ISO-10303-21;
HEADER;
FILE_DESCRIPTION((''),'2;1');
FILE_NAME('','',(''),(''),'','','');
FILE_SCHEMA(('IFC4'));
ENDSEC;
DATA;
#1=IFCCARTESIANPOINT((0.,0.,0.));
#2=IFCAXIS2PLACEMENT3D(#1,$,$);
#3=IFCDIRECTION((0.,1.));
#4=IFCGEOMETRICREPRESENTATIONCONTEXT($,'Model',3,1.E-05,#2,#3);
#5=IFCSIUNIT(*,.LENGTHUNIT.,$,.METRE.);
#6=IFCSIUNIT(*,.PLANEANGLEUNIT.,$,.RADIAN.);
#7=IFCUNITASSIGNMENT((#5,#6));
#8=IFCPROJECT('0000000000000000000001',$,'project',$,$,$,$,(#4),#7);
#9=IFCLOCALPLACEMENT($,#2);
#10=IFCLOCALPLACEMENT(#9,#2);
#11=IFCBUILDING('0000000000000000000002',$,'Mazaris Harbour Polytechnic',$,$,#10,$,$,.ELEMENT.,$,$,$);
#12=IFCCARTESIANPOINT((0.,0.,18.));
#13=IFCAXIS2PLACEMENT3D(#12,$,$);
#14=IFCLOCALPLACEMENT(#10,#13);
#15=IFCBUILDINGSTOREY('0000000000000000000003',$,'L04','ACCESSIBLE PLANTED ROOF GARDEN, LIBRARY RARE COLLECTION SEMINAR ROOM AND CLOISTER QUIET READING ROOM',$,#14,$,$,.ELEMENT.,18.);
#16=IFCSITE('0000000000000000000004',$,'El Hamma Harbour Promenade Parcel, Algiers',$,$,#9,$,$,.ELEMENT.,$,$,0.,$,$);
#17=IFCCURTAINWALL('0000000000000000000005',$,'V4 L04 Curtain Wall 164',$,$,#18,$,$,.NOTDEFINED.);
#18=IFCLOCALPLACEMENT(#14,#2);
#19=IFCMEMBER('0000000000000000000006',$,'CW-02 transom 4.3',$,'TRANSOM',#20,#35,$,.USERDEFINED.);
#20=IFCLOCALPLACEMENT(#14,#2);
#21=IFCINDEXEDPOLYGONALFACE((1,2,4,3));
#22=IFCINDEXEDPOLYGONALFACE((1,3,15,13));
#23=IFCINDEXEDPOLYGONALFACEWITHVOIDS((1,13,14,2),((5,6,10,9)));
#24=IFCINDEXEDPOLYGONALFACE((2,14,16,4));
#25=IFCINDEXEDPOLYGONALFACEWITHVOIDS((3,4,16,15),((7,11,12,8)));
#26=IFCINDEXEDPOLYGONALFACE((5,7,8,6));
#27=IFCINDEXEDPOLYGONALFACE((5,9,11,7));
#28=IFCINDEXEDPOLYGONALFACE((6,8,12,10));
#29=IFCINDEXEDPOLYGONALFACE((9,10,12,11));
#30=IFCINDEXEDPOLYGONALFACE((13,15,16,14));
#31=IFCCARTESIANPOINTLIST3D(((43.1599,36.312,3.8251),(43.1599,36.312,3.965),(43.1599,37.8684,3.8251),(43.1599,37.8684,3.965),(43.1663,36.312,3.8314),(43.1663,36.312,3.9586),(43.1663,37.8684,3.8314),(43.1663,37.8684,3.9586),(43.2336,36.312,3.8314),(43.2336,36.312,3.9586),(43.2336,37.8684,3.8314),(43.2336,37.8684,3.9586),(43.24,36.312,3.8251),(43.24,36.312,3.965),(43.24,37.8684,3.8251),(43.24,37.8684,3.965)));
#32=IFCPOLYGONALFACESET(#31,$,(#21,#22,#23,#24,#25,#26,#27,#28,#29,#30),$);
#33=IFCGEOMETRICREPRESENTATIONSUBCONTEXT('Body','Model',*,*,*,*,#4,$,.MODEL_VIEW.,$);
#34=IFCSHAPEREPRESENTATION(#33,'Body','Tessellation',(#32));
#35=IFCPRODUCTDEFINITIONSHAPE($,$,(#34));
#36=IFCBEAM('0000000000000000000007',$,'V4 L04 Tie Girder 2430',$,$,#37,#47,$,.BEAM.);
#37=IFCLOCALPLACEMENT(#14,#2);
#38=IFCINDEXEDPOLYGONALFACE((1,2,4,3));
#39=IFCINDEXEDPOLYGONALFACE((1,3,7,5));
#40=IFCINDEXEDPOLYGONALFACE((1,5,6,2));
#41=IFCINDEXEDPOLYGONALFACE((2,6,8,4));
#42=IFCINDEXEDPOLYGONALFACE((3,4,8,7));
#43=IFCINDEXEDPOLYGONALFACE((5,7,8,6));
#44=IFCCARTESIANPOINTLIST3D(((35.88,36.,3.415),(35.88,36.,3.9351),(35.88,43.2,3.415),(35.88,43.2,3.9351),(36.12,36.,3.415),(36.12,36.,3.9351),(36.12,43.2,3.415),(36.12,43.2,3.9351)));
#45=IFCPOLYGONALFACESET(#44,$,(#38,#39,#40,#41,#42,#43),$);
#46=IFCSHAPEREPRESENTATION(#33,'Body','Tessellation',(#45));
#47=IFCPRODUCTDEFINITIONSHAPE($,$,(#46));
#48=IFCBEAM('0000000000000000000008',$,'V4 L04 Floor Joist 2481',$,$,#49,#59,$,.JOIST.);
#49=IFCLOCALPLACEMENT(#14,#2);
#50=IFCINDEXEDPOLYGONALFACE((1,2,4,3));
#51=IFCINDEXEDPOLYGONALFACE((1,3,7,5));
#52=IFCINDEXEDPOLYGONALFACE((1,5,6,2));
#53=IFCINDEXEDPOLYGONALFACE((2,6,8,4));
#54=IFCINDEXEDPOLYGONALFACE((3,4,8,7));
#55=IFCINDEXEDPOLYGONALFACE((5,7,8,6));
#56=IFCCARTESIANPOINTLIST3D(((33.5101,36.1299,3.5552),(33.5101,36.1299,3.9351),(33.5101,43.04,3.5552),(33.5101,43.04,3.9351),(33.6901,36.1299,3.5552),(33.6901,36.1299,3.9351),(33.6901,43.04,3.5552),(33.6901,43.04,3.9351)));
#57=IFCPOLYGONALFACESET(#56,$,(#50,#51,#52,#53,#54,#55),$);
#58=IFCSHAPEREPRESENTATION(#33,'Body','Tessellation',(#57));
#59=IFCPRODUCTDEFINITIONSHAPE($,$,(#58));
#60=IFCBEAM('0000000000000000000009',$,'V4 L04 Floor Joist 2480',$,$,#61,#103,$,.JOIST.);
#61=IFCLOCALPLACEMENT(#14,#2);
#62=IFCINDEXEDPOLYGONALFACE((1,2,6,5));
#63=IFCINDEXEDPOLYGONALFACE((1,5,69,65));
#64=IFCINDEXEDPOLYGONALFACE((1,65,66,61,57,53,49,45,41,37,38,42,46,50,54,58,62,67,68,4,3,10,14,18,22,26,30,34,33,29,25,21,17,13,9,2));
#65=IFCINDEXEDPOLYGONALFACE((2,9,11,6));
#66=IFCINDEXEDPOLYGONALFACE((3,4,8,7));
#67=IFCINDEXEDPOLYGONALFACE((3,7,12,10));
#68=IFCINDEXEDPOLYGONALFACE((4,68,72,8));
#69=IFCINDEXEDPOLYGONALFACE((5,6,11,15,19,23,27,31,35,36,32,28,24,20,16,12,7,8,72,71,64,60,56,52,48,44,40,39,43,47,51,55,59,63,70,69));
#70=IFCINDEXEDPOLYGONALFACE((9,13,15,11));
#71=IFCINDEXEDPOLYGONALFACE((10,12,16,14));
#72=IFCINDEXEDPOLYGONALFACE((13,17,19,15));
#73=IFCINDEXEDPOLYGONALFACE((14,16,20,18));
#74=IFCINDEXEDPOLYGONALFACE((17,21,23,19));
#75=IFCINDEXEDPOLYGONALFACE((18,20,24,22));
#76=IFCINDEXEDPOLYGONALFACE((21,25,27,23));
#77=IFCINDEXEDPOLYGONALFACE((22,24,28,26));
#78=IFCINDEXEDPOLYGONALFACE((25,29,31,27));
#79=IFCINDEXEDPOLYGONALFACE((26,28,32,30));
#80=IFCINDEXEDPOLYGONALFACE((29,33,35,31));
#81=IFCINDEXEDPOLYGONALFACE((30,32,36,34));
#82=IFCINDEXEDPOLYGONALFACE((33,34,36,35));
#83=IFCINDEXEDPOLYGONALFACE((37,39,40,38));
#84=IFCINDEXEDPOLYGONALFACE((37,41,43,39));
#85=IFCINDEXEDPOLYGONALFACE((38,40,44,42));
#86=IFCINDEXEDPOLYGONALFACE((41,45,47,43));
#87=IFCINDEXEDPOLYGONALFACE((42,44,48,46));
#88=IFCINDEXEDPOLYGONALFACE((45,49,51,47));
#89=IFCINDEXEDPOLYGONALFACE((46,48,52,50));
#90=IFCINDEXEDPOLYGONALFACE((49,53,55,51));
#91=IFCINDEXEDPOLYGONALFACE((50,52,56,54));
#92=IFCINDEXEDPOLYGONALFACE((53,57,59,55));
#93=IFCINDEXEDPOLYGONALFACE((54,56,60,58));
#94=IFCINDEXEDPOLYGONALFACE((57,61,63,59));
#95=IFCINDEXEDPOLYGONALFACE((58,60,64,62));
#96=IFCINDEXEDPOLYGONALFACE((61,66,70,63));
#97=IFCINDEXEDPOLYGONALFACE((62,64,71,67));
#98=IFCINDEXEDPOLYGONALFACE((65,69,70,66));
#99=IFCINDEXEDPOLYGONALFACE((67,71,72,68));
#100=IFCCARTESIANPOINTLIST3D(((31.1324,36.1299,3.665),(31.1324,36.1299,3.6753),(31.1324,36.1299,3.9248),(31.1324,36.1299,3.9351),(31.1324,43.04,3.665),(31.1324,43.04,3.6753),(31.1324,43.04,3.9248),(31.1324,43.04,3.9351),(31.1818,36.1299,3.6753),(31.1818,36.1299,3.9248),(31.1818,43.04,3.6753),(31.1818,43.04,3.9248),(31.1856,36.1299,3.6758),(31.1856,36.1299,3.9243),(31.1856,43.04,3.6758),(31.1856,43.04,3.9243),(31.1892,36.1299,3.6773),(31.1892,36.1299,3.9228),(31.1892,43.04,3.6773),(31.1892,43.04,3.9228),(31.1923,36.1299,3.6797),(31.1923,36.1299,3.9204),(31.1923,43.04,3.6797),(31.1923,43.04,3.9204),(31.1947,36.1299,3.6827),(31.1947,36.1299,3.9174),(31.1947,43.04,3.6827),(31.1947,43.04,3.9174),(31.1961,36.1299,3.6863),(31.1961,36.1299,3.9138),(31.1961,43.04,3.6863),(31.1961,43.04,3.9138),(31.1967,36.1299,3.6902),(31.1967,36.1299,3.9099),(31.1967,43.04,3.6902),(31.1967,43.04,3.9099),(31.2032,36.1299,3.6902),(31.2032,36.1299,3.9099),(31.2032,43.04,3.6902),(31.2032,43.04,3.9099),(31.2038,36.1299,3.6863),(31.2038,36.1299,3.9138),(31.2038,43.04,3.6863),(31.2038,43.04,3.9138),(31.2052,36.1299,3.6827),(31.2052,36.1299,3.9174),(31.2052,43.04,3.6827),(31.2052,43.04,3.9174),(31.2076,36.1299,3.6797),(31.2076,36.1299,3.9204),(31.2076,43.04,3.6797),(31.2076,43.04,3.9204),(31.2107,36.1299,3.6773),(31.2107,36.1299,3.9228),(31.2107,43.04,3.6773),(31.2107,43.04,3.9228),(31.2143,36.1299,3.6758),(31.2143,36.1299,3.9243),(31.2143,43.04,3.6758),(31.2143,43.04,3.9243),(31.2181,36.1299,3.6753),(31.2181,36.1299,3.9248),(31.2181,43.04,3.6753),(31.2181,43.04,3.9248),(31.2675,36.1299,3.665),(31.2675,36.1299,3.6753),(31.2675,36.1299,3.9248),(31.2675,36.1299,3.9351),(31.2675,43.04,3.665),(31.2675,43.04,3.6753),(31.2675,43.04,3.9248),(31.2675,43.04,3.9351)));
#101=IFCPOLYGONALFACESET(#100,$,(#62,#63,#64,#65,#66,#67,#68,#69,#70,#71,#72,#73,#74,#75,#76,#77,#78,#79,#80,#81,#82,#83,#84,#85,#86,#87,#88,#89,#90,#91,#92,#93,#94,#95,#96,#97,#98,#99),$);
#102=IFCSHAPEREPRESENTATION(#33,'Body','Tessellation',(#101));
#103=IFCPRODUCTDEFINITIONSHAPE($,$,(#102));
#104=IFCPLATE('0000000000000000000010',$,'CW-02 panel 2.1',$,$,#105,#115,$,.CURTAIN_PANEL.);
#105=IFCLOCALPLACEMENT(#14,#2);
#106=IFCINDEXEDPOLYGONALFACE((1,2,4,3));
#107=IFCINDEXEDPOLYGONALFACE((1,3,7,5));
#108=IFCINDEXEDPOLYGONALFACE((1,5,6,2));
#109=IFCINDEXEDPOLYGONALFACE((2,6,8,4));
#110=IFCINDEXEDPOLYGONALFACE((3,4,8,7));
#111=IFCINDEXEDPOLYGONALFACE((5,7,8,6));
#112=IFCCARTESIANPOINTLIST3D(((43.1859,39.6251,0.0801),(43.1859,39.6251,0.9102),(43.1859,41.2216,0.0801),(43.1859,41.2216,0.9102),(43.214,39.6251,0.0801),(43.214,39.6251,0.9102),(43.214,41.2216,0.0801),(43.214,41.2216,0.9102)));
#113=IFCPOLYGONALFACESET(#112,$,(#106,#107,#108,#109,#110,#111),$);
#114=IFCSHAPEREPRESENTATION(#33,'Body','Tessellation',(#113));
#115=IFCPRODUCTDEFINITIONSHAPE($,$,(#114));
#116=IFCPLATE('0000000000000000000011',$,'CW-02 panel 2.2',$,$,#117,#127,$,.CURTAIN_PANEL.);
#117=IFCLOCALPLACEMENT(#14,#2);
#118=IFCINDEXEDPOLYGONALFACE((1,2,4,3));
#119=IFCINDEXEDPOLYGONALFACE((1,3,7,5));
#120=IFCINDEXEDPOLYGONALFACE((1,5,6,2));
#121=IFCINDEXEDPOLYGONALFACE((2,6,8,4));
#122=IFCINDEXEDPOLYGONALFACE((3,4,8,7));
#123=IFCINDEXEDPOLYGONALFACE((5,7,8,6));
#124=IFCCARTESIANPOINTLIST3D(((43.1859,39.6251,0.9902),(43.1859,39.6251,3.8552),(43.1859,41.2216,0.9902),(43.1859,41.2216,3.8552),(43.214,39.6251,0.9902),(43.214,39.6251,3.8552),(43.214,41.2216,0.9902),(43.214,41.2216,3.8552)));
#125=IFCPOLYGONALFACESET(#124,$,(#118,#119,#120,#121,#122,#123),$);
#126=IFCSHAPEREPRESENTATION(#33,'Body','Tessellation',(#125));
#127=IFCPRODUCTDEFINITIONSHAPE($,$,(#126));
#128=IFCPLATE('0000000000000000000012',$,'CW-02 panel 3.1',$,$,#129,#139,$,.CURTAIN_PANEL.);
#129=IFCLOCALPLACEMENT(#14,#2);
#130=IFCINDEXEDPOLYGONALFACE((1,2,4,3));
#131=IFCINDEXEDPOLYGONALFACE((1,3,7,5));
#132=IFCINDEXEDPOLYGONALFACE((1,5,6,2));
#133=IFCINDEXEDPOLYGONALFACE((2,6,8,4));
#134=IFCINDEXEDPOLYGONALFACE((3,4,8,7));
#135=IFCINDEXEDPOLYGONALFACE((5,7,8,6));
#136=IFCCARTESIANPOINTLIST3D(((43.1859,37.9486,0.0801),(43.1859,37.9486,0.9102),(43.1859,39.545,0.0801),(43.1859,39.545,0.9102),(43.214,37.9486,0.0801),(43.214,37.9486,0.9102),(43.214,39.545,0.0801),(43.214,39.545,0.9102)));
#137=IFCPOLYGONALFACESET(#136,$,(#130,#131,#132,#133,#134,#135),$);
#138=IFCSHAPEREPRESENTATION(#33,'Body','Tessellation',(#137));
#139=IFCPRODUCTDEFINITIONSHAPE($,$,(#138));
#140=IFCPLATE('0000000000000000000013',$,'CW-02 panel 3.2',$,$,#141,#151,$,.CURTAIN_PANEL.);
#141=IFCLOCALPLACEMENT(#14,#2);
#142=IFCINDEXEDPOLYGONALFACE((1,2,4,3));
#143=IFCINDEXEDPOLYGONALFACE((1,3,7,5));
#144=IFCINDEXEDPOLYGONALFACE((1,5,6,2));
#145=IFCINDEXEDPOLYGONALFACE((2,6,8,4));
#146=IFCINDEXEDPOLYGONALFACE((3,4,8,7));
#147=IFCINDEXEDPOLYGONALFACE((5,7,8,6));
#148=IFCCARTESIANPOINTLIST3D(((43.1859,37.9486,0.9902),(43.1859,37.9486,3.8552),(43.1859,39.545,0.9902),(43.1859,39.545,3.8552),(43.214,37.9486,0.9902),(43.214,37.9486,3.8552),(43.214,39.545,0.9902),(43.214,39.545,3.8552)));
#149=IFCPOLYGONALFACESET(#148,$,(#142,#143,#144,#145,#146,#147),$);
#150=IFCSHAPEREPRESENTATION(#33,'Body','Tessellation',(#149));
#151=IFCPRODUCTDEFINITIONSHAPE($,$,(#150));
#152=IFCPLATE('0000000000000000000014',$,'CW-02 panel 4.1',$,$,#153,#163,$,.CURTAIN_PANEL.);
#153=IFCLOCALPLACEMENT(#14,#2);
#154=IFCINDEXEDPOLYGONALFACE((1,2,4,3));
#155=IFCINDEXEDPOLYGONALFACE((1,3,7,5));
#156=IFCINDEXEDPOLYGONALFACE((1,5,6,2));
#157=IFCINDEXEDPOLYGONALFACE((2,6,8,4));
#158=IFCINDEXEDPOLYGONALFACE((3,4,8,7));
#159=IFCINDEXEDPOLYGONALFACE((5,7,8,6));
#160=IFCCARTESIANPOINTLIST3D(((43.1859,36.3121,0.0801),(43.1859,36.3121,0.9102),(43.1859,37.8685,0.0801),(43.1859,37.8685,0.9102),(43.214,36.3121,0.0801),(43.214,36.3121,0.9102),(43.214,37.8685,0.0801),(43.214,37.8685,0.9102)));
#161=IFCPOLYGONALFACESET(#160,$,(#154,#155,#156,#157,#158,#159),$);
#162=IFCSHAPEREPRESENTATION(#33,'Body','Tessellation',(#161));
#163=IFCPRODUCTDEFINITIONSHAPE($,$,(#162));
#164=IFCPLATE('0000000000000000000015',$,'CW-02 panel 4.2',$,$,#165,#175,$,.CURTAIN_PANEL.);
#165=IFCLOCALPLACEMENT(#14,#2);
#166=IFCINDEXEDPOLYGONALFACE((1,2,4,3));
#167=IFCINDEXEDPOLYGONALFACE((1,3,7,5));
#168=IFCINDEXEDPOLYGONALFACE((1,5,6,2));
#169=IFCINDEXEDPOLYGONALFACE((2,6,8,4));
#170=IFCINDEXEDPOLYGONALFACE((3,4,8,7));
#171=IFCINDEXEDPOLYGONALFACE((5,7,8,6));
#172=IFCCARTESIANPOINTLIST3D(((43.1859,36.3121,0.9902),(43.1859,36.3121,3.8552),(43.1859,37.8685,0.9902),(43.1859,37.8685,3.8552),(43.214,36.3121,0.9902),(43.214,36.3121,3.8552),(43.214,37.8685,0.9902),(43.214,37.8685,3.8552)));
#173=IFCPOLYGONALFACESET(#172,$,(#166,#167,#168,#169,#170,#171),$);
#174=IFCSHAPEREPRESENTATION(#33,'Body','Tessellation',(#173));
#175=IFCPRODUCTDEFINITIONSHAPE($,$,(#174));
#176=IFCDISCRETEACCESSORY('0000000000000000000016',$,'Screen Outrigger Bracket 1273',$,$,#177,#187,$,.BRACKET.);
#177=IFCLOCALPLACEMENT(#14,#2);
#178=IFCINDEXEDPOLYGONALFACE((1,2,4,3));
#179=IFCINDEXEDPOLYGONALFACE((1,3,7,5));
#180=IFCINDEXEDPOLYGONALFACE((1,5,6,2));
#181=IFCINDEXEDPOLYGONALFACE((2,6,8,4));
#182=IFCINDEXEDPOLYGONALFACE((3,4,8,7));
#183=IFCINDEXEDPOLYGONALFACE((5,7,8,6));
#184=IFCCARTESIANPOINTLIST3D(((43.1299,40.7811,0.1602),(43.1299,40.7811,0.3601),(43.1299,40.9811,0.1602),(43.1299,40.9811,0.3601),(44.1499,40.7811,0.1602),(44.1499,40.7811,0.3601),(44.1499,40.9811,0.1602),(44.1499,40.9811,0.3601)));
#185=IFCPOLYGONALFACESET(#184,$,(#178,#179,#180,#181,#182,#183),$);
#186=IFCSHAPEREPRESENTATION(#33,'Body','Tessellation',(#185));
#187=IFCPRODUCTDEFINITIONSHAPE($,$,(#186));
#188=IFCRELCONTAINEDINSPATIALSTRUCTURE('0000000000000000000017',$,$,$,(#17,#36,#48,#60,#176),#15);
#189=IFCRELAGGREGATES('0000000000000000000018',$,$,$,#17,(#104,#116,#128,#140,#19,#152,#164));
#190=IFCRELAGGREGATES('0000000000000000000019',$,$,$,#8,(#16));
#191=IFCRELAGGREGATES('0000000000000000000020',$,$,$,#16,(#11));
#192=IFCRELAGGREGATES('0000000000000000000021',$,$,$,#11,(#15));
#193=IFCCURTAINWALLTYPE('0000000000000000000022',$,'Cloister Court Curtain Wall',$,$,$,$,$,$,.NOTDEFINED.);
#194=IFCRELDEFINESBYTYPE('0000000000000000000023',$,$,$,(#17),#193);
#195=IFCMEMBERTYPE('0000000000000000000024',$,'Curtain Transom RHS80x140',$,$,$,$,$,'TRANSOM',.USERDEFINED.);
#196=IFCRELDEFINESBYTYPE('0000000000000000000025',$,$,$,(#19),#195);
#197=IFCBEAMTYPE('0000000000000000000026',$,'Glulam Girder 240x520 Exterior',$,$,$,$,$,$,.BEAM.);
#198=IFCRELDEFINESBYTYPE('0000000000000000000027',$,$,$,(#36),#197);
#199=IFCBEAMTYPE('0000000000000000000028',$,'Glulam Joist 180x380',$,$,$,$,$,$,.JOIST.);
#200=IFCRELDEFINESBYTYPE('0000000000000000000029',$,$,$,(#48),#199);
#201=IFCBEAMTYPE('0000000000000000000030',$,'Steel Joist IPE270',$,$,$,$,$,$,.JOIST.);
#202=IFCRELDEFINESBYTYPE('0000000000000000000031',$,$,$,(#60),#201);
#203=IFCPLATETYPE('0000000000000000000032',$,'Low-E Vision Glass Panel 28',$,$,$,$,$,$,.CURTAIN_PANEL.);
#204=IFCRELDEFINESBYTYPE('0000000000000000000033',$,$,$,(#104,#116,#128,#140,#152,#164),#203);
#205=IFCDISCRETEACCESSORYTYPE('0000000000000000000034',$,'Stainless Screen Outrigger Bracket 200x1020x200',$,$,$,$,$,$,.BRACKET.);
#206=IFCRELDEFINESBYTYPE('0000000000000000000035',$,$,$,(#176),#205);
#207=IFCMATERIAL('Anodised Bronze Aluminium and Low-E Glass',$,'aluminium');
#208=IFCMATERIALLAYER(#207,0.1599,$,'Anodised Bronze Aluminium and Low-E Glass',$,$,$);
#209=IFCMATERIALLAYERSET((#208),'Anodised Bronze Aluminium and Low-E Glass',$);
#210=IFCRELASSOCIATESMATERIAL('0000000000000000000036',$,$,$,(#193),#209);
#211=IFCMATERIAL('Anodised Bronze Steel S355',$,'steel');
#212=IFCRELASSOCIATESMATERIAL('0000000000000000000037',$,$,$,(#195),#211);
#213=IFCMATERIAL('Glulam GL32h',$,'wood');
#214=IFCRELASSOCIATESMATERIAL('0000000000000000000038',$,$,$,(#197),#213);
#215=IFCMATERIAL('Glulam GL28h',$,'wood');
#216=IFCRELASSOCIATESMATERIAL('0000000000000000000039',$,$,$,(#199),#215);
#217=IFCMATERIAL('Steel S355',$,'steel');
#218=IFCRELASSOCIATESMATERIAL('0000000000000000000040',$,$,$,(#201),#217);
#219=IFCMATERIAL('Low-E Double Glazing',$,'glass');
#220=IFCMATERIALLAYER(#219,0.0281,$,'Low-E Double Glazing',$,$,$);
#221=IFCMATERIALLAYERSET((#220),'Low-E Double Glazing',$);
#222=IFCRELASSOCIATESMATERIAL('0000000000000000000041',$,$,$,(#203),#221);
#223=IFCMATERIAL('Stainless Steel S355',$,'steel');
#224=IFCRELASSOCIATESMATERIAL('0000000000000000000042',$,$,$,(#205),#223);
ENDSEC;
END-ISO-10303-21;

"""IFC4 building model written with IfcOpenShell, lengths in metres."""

from ifc_helpers import new_model, si_unit, direction, frame, origin, origin_2d, place, context, subcontext, project, spatial, rectangle, hollow_rectangle, i_section, extrude, material, layer, layer_set, material_profile, profile_set, type_object, element, aggregate, save


model = new_model("IFC4")

# Units and contexts
model_context = context("Model", 3, precision=1e-05, world=origin(), true_north=direction((0.0, 1.0)))
body_context = subcontext(model_context, "Body", "Model", "MODEL_VIEW")
ifc_project = project(units=[si_unit("LENGTHUNIT", "METRE"), si_unit("PLANEANGLEUNIT", "RADIAN")], contexts=[model_context])

# Site, building, storey
site_placement = place(None, origin())
site = spatial("IfcSite", under=ifc_project, at=site_placement, Name="El Hamma Harbour Promenade Parcel, Algiers", CompositionType="ELEMENT", RefElevation=0.0)
building_placement = place(site_placement, origin())
building = spatial("IfcBuilding", under=site, at=building_placement, Name="Mazaris Harbour Polytechnic", CompositionType="ELEMENT")
storey_placement = place(building_placement, frame((0.0, 0.0, 18.0)))
storey = spatial("IfcBuildingStorey", under=building, at=storey_placement, Name="L04", Description="ACCESSIBLE PLANTED ROOF GARDEN, LIBRARY RARE COLLECTION SEMINAR ROOM AND CLOISTER QUIET READING ROOM", CompositionType="ELEMENT", Elevation=18.0)

# Curtain wall, member
ifc_material_1 = material(Name="Anodised Bronze Aluminium and Low-E Glass", Category="aluminium")
ifc_layer_1 = layer(ifc_material_1, 0.1599, Name="Anodised Bronze Aluminium and Low-E Glass")
ifc_layer_set_1 = layer_set([ifc_layer_1], Name="Anodised Bronze Aluminium and Low-E Glass")
curtain_wall_type = type_object("IfcCurtainWallType", Name="Cloister Court Curtain Wall", PredefinedType="NOTDEFINED", material=ifc_layer_set_1)
curtain_wall_placement = place(storey_placement, origin())
curtain_wall = element("IfcCurtainWall", 1, at=curtain_wall_placement, inside=storey, type_object=curtain_wall_type, Name="V4 L04 Curtain Wall 164", PredefinedType="NOTDEFINED")
ifc_material_2 = material(Name="Anodised Bronze Steel S355", Category="steel")
ifc_material_profile_1 = material_profile(ifc_material_2, hollow_rectangle(XDim=0.0801, YDim=0.1399, WallThickness=0.0063, at=origin_2d()), Name="RHS 80x140x6.3")
ifc_profile_set_1 = profile_set([ifc_material_profile_1], Name="Anodised Bronze Steel S355")
member_type_1 = type_object("IfcMemberType", Name="Curtain Transom RHS80x140", ElementType="TRANSOM", PredefinedType="USERDEFINED", material=ifc_profile_set_1)
member_1_placement = place(storey_placement, frame((43.2, 37.8684, 3.895), z_axis=(0.0, -1.0, 0.0), x_axis=(1.0, 0.0, 0.0)))
member_1 = element("IfcMember", 2, at=member_1_placement, type_object=member_type_1, Name="CW-02 transom 4.3", ObjectType="TRANSOM", PredefinedType="USERDEFINED", context=body_context, shape_type="SweptSolid", body=[
    extrude(hollow_rectangle(XDim=0.0801, YDim=0.1399, WallThickness=0.0063, at=origin_2d()), origin(), (0.0, 0.0, 1.0), 1.5564),
])

# Beams
ifc_material_3 = material(Name="Glulam GL32h", Category="wood")
ifc_material_profile_2 = material_profile(ifc_material_3, rectangle(XDim=0.24, YDim=0.52, at=origin_2d()), Name="RECT240x520")
ifc_profile_set_2 = profile_set([ifc_material_profile_2], Name="Glulam GL32h")
beam_type_1 = type_object("IfcBeamType", Name="Glulam Girder 240x520 Exterior", PredefinedType="BEAM", material=ifc_profile_set_2)
beam_1_placement = place(storey_placement, frame((36.0, 36.0, 3.675), z_axis=(0.0, 1.0, 0.0), x_axis=(-1.0, 0.0, 0.0)))
element("IfcBeam", 3, at=beam_1_placement, inside=storey, type_object=beam_type_1, Name="V4 L04 Tie Girder 2430", PredefinedType="BEAM", context=body_context, shape_type="SweptSolid", body=[
    extrude(rectangle(XDim=0.24, YDim=0.52, at=origin_2d()), origin(), (0.0, 0.0, 1.0), 7.2),
])
ifc_material_4 = material(Name="Glulam GL28h", Category="wood")
ifc_material_profile_3 = material_profile(ifc_material_4, rectangle(XDim=0.1799, YDim=0.3799, at=origin_2d()), Name="RECT180x380")
ifc_profile_set_3 = profile_set([ifc_material_profile_3], Name="Glulam GL28h")
beam_type_2 = type_object("IfcBeamType", Name="Glulam Joist 180x380", PredefinedType="JOIST", material=ifc_profile_set_3)
beam_2_placement = place(storey_placement, frame((33.6001, 36.1299, 3.7451), z_axis=(0.0, 1.0, 0.0), x_axis=(-1.0, 0.0, 0.0)))
element("IfcBeam", 4, at=beam_2_placement, inside=storey, type_object=beam_type_2, Name="V4 L04 Floor Joist 2481", PredefinedType="JOIST", context=body_context, shape_type="SweptSolid", body=[
    extrude(rectangle(XDim=0.1799, YDim=0.3799, at=origin_2d()), origin(), (0.0, 0.0, 1.0), 6.9102),
])
ifc_material_5 = material(Name="Steel S355", Category="steel")
ifc_material_profile_4 = material_profile(ifc_material_5, i_section(OverallWidth=0.135, OverallDepth=0.27, WebThickness=0.0066, FlangeThickness=0.0103, FilletRadius=0.0149, at=origin_2d()), Name="IPE 270")
ifc_profile_set_4 = profile_set([ifc_material_profile_4], Name="Steel S355")
beam_type_3 = type_object("IfcBeamType", Name="Steel Joist IPE270", PredefinedType="JOIST", material=ifc_profile_set_4)
beam_3_placement = place(storey_placement, frame((31.2, 36.1299, 3.8), z_axis=(0.0, 1.0, 0.0), x_axis=(-1.0, 0.0, 0.0)))
element("IfcBeam", 5, at=beam_3_placement, inside=storey, type_object=beam_type_3, Name="V4 L04 Floor Joist 2480", PredefinedType="JOIST", context=body_context, shape_type="SweptSolid", body=[
    extrude(i_section(OverallWidth=0.135, OverallDepth=0.27, WebThickness=0.0066, FlangeThickness=0.0103, FilletRadius=0.0149, at=origin_2d()), origin(), (0.0, 0.0, 1.0), 6.9102),
])

# Plates
ifc_material_6 = material(Name="Low-E Double Glazing", Category="glass")
ifc_layer_2 = layer(ifc_material_6, 0.0281, Name="Low-E Double Glazing")
ifc_layer_set_2 = layer_set([ifc_layer_2], Name="Low-E Double Glazing")
plate_type = type_object("IfcPlateType", Name="Low-E Vision Glass Panel 28", PredefinedType="CURTAIN_PANEL", material=ifc_layer_set_2)
plate_1_placement = place(storey_placement, frame((43.2, 40.4233, 0.0801), z_axis=(0.0, 0.0, 1.0), x_axis=(0.0, -1.0, 0.0)))
plate_1 = element("IfcPlate", 6, at=plate_1_placement, type_object=plate_type, Name="CW-02 panel 2.1", PredefinedType="CURTAIN_PANEL", context=body_context, shape_type="SweptSolid", body=[
    extrude(rectangle(XDim=1.5964, YDim=0.0281, at=origin_2d()), origin(), (0.0, 0.0, 1.0), 0.8301),
])
plate_2_placement = place(storey_placement, frame((43.2, 40.4233, 0.9902), z_axis=(0.0, 0.0, 1.0), x_axis=(0.0, -1.0, 0.0)))
plate_2 = element("IfcPlate", 7, at=plate_2_placement, type_object=plate_type, Name="CW-02 panel 2.2", PredefinedType="CURTAIN_PANEL", context=body_context, shape_type="SweptSolid", body=[
    extrude(rectangle(XDim=1.5964, YDim=0.0281, at=origin_2d()), origin(), (0.0, 0.0, 1.0), 2.865),
])
plate_3_placement = place(storey_placement, frame((43.2, 38.7468, 0.0801), z_axis=(0.0, 0.0, 1.0), x_axis=(0.0, -1.0, 0.0)))
plate_3 = element("IfcPlate", 8, at=plate_3_placement, type_object=plate_type, Name="CW-02 panel 3.1", PredefinedType="CURTAIN_PANEL", context=body_context, shape_type="SweptSolid", body=[
    extrude(rectangle(XDim=1.5964, YDim=0.0281, at=origin_2d()), origin(), (0.0, 0.0, 1.0), 0.8301),
])
plate_4_placement = place(storey_placement, frame((43.2, 38.7468, 0.9902), z_axis=(0.0, 0.0, 1.0), x_axis=(0.0, -1.0, 0.0)))
plate_4 = element("IfcPlate", 9, at=plate_4_placement, type_object=plate_type, Name="CW-02 panel 3.2", PredefinedType="CURTAIN_PANEL", context=body_context, shape_type="SweptSolid", body=[
    extrude(rectangle(XDim=1.5964, YDim=0.0281, at=origin_2d()), origin(), (0.0, 0.0, 1.0), 2.865),
])
plate_5_placement = place(storey_placement, frame((43.2, 37.0903, 0.0801), z_axis=(0.0, 0.0, 1.0), x_axis=(0.0, -1.0, 0.0)))
plate_5 = element("IfcPlate", 10, at=plate_5_placement, type_object=plate_type, Name="CW-02 panel 4.1", PredefinedType="CURTAIN_PANEL", context=body_context, shape_type="SweptSolid", body=[
    extrude(rectangle(XDim=1.5564, YDim=0.0281, at=origin_2d()), origin(), (0.0, 0.0, 1.0), 0.8301),
])
plate_6_placement = place(storey_placement, frame((43.2, 37.0903, 0.9902), z_axis=(0.0, 0.0, 1.0), x_axis=(0.0, -1.0, 0.0)))
plate_6 = element("IfcPlate", 11, at=plate_6_placement, type_object=plate_type, Name="CW-02 panel 4.2", PredefinedType="CURTAIN_PANEL", context=body_context, shape_type="SweptSolid", body=[
    extrude(rectangle(XDim=1.5564, YDim=0.0281, at=origin_2d()), origin(), (0.0, 0.0, 1.0), 2.865),
])
aggregate(curtain_wall, [plate_1, plate_2, plate_3, plate_4, member_1, plate_5, plate_6])

# Discrete accessory
ifc_material_7 = material(Name="Stainless Steel S355", Category="steel")
discrete_accessory_type = type_object("IfcDiscreteAccessoryType", Name="Stainless Screen Outrigger Bracket 200x1020x200", PredefinedType="BRACKET", material=ifc_material_7)
for number, where, z_axis, x_axis, name in (
    (12, (43.6399, 40.8811, 0.1602), (0.0, 0.0, 1.0), (0.0, -1.0, 0.0), "Screen Outrigger Bracket 1273"),
):
    element("IfcDiscreteAccessory", number, at=place(storey_placement, frame(where, z_axis=z_axis, x_axis=x_axis)), inside=storey, type_object=discrete_accessory_type, Name=name, PredefinedType="BRACKET", context=body_context, shape_type="SweptSolid", body=[
        extrude(rectangle(XDim=0.2, YDim=1.02, at=origin_2d()), origin(), (0.0, 0.0, 1.0), 0.2),
    ])

save(model, "model.ifc")
